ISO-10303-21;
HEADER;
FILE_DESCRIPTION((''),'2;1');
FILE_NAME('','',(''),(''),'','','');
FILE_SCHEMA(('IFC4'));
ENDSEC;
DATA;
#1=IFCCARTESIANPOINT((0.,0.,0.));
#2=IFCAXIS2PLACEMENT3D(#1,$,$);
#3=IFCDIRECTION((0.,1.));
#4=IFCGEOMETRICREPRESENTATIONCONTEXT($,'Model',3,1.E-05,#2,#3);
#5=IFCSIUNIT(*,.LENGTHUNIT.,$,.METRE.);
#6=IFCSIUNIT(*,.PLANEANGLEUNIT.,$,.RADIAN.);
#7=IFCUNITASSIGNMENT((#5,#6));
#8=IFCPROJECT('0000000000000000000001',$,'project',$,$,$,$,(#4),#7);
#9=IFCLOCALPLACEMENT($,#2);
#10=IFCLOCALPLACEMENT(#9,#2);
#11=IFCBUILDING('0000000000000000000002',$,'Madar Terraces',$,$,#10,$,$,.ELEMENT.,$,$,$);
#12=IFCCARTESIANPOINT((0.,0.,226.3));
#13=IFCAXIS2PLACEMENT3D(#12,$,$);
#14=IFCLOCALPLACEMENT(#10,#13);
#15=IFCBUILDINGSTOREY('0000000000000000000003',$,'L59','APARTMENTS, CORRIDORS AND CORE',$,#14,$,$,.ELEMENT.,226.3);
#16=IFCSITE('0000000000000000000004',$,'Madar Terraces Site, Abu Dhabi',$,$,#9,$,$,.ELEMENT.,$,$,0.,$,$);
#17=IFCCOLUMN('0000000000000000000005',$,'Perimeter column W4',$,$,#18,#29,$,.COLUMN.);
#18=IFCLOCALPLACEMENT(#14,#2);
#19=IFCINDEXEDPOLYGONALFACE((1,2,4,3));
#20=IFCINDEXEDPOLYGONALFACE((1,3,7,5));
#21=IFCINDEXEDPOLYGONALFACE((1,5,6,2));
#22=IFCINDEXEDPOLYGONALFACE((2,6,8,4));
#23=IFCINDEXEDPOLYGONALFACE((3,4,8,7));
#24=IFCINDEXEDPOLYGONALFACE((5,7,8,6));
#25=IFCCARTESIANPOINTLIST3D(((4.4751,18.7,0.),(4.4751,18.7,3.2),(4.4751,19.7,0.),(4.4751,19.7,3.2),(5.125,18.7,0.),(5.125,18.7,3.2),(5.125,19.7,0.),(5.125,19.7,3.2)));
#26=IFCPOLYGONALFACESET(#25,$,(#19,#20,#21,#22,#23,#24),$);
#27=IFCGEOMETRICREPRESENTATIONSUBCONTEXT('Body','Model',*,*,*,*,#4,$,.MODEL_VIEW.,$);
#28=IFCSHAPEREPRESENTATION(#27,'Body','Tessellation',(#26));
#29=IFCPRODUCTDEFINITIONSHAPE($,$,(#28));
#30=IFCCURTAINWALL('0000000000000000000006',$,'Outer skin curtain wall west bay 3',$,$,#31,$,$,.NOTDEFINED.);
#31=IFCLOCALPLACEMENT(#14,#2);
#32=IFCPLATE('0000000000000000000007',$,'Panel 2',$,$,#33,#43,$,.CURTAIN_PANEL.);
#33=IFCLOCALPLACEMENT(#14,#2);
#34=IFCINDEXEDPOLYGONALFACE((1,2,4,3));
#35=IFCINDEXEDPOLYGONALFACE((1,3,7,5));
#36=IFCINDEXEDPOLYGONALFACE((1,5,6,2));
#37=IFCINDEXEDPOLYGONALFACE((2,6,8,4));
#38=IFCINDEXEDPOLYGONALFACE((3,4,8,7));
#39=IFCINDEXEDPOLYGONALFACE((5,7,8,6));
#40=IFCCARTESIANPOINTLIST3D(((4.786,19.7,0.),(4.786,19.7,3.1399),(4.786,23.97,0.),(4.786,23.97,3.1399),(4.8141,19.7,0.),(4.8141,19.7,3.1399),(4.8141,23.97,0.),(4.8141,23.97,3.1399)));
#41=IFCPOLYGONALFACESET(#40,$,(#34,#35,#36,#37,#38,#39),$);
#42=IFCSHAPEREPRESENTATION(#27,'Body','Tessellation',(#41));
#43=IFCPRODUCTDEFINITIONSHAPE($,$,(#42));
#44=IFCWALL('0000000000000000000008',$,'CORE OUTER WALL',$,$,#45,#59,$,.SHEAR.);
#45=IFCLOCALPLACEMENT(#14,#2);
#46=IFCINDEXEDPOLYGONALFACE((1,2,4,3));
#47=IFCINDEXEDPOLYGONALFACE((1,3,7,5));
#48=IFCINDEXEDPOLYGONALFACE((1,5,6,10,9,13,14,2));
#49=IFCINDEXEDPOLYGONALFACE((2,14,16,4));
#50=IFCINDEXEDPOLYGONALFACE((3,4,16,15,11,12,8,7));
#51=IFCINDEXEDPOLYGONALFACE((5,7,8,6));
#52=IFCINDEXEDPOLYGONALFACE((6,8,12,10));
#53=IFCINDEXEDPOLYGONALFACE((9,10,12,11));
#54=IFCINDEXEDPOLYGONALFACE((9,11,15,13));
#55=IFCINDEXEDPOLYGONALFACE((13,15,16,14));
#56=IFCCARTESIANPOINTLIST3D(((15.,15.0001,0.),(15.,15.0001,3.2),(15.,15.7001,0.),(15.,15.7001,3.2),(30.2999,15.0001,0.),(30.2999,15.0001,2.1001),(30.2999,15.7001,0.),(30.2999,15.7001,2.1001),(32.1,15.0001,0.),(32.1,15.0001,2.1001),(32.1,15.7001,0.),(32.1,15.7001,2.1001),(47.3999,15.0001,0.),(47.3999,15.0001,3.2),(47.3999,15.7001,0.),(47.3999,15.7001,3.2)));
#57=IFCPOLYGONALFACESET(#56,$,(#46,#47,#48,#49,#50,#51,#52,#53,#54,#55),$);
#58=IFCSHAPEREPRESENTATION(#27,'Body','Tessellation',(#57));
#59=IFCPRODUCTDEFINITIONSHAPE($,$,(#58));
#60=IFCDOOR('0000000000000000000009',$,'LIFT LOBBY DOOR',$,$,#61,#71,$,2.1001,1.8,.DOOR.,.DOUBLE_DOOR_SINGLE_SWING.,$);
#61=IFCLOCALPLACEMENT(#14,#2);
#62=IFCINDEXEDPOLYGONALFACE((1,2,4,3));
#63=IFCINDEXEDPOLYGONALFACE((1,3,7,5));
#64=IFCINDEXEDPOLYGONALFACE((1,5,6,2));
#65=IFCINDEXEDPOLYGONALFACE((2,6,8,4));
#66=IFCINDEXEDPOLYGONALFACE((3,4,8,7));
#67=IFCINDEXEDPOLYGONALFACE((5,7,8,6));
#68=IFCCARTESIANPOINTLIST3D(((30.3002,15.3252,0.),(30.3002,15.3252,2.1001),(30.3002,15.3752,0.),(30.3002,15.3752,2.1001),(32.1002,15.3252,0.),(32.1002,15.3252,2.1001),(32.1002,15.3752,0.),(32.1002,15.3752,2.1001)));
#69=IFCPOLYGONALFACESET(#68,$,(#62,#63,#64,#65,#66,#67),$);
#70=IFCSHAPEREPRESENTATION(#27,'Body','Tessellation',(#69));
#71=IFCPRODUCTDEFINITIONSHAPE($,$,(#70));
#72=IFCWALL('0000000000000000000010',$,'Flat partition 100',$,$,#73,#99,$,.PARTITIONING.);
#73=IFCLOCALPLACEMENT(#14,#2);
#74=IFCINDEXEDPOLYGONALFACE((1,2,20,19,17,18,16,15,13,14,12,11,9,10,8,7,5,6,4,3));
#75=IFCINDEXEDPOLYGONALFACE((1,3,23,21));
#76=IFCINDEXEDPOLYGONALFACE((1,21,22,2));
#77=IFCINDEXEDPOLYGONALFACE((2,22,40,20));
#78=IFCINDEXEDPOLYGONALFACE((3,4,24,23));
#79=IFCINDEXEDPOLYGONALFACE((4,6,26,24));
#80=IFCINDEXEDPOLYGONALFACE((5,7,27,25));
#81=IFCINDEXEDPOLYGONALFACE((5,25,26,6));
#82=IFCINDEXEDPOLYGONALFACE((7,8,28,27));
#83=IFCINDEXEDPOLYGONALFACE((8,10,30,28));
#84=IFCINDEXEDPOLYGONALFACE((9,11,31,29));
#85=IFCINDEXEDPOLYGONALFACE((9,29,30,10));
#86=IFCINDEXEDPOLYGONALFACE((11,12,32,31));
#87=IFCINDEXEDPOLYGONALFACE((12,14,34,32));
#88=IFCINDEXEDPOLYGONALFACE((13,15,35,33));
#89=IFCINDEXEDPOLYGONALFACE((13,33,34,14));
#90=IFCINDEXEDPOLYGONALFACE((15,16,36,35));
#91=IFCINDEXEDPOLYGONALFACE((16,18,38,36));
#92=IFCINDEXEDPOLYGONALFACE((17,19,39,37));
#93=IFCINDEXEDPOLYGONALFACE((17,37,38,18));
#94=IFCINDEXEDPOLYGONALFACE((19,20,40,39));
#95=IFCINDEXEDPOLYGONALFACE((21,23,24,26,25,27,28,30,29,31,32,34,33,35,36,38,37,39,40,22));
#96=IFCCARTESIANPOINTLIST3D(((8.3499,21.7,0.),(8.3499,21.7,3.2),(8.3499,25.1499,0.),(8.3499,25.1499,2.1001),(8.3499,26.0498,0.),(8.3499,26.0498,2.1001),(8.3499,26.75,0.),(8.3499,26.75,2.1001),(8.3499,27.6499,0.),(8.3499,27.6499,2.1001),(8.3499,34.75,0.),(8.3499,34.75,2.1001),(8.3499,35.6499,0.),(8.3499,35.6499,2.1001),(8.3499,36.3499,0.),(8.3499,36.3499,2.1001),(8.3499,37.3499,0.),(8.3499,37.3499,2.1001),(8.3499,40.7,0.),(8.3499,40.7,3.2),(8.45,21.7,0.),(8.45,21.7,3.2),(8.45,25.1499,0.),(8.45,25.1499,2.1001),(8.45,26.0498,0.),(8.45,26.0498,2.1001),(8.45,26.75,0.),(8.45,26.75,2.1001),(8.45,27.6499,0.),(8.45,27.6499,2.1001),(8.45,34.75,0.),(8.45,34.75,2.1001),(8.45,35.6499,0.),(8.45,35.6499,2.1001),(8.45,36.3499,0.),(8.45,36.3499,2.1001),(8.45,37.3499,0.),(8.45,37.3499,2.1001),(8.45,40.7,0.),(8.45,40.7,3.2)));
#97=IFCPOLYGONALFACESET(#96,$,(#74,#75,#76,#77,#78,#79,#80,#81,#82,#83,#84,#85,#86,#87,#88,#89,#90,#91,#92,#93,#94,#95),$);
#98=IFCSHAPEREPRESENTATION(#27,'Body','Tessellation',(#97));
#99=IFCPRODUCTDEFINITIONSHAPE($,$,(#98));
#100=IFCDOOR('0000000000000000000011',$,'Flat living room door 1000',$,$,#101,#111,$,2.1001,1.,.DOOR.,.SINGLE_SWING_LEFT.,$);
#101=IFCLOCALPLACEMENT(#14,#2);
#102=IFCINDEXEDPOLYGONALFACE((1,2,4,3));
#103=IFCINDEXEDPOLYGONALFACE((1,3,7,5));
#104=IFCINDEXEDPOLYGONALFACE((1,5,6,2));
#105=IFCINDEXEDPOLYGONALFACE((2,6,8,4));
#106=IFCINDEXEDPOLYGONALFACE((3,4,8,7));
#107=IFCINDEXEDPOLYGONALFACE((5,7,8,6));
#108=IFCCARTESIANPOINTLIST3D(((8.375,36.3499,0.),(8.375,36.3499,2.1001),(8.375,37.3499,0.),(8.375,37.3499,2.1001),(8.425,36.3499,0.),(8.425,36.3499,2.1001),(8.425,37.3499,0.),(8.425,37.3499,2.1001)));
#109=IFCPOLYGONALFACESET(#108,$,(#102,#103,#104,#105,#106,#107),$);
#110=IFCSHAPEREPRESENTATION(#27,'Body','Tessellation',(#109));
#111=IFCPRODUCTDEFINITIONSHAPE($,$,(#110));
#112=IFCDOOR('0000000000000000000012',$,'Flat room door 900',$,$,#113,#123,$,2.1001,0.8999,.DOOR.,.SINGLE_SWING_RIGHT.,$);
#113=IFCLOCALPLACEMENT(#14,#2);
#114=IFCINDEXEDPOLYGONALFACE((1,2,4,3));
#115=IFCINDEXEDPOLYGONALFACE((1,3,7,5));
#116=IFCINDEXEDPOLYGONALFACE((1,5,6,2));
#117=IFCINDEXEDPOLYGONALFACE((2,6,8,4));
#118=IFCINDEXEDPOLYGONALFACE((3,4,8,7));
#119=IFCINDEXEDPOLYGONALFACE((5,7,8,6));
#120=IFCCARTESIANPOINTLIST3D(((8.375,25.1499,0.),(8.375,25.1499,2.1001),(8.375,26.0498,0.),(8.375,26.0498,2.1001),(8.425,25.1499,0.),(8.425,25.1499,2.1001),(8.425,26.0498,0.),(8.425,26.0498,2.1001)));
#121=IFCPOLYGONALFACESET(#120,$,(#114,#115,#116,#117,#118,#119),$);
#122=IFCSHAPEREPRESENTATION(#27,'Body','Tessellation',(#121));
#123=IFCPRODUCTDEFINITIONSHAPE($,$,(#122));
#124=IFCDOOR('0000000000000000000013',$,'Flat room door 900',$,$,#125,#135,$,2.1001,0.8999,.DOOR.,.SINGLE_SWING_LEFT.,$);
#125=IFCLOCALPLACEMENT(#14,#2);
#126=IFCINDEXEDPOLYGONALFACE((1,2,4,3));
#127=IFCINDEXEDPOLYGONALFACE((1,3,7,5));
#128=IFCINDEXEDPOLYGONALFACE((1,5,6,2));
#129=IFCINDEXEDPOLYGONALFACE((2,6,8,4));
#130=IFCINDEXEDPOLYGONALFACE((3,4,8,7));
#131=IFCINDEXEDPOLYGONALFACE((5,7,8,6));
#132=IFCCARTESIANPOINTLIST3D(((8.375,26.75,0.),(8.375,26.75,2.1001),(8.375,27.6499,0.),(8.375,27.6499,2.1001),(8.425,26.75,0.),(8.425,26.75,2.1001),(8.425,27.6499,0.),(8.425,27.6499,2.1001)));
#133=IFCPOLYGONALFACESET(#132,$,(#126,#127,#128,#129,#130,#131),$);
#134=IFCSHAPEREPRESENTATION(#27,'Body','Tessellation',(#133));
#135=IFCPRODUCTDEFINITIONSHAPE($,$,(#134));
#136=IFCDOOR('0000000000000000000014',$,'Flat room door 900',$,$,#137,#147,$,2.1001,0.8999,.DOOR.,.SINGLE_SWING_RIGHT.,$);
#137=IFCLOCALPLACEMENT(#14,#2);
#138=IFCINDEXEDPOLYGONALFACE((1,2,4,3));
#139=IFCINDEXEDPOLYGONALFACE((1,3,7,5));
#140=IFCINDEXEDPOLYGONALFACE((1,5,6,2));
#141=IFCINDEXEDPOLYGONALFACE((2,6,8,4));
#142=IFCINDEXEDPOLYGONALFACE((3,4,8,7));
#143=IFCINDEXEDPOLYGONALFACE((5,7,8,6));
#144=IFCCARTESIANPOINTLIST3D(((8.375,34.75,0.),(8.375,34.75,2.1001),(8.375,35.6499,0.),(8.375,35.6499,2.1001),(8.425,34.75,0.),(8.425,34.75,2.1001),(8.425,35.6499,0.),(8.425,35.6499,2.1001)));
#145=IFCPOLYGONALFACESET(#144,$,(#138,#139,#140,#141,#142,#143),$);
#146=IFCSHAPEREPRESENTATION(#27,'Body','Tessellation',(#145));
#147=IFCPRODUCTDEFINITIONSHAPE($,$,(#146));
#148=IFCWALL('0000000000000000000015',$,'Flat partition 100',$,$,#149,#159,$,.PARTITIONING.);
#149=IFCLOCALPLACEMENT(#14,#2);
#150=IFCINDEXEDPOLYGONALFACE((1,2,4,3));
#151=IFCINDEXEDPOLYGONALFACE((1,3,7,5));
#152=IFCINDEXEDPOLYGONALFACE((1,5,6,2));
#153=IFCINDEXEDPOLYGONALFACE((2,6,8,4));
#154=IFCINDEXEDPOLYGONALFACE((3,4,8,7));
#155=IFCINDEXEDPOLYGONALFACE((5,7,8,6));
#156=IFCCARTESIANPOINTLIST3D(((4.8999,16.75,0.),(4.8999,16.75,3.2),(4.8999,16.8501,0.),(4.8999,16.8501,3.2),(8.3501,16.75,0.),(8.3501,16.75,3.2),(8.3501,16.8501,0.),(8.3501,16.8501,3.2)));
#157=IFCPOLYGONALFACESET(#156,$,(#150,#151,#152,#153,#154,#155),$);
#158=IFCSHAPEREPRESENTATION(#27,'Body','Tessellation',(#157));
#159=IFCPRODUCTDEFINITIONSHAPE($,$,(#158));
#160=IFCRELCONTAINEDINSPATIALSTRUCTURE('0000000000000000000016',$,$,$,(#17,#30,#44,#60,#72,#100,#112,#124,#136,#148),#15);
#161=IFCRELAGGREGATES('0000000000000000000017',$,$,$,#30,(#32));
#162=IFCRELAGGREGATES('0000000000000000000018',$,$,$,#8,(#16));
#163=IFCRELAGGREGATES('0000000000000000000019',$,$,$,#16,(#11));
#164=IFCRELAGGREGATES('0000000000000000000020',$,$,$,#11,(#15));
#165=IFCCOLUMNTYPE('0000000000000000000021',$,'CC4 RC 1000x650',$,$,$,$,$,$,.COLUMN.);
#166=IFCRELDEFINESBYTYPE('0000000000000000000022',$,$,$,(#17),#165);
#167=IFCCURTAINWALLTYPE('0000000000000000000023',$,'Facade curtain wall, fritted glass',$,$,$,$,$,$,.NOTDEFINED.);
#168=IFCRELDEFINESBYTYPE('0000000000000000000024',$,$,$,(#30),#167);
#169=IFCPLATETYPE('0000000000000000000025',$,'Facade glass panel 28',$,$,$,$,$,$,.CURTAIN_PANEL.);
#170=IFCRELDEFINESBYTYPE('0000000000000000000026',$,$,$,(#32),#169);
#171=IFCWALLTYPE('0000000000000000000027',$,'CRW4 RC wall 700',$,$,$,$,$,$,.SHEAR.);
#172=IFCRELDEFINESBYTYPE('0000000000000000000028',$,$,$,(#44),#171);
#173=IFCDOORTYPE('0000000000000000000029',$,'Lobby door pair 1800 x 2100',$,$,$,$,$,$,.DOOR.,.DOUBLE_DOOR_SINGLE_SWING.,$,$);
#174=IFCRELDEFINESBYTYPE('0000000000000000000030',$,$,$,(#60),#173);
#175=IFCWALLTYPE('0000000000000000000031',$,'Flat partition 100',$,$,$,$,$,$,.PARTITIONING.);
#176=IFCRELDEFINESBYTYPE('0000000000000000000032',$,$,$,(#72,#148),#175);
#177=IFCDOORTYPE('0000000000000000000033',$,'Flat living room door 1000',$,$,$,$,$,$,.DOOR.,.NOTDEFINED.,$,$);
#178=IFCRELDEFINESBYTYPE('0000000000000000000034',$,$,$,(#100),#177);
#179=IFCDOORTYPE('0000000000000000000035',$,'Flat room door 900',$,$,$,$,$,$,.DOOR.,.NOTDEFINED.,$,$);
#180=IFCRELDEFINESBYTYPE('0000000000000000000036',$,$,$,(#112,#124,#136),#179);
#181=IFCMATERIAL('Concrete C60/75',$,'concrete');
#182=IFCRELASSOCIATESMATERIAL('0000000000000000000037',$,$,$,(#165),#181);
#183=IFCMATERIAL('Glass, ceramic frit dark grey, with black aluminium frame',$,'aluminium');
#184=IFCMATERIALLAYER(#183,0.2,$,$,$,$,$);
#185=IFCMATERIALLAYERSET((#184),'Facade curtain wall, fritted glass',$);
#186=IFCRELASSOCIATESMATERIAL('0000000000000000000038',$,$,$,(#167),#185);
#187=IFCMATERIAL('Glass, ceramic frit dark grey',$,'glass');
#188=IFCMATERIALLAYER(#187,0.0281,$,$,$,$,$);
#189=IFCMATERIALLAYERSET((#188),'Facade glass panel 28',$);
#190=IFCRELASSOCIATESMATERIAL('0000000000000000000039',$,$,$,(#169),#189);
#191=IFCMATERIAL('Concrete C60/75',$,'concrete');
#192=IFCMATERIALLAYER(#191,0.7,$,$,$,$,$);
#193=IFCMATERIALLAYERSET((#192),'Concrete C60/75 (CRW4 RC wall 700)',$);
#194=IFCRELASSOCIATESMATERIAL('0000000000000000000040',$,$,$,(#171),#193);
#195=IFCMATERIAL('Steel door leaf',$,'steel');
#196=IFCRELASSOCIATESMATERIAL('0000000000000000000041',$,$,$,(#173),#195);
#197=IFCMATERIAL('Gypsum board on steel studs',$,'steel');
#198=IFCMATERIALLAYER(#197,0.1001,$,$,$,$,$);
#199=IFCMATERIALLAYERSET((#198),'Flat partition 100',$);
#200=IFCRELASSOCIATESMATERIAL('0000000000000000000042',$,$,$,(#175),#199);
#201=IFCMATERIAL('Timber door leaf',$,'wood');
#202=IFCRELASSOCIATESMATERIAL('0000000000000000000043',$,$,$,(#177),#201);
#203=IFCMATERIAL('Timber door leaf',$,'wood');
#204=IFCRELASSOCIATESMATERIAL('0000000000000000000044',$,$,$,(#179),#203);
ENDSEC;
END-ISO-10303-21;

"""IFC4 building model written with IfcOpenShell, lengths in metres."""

from ifc_helpers import new_model, si_unit, direction, frame, frame_2d, origin, origin_2d, place, context, subcontext, project, spatial, rectangle, extrude, material, layer, layer_set, material_profile, profile_set, type_object, element, fill, aggregate, save


model = new_model("IFC4")

# Units and contexts
model_context = context("Model", 3, precision=1e-05, world=origin(), true_north=direction((0.0, 1.0)))
body_context = subcontext(model_context, "Body", "Model", "MODEL_VIEW")
ifc_project = project(units=[si_unit("LENGTHUNIT", "METRE"), si_unit("PLANEANGLEUNIT", "RADIAN")], contexts=[model_context])

# Site, building, storey
site_placement = place(None, origin())
site = spatial("IfcSite", under=ifc_project, at=site_placement, Name="Madar Terraces Site, Abu Dhabi", CompositionType="ELEMENT", RefElevation=0.0)
building_placement = place(site_placement, origin())
building = spatial("IfcBuilding", under=site, at=building_placement, Name="Madar Terraces", CompositionType="ELEMENT")
storey_placement = place(building_placement, frame((0.0, 0.0, 226.3)))
storey = spatial("IfcBuildingStorey", under=building, at=storey_placement, Name="L59", Description="APARTMENTS, CORRIDORS AND CORE", CompositionType="ELEMENT", Elevation=226.3)

# Column
ifc_material_1 = material(Name="Concrete C60/75", Category="concrete")
ifc_material_profile = material_profile(ifc_material_1, rectangle(XDim=1.0, YDim=0.6499, at=origin_2d()), Name="CC4 RC 1000x650")
ifc_profile_set = profile_set([ifc_material_profile], Name="Concrete C60/75")
column_type = type_object("IfcColumnType", Name="CC4 RC 1000x650", PredefinedType="COLUMN", material=ifc_profile_set)
column_placement = place(storey_placement, frame((4.8, 19.2, 0.0), z_axis=(0.0, 0.0, 1.0), x_axis=(0.0, 1.0, 0.0)))
element("IfcColumn", 1, at=column_placement, inside=storey, type_object=column_type, Name="Perimeter column W4", PredefinedType="COLUMN", context=body_context, shape_type="SweptSolid", body=[
    extrude(rectangle(XDim=1.0, YDim=0.6499, at=origin_2d()), origin(), (0.0, 0.0, 1.0), 3.2),
])

# Curtain wall, plate
ifc_material_2 = material(Name="Glass, ceramic frit dark grey, with black aluminium frame", Category="aluminium")
ifc_layer_1 = layer(ifc_material_2, 0.2)
ifc_layer_set_1 = layer_set([ifc_layer_1], Name="Facade curtain wall, fritted glass")
curtain_wall_type = type_object("IfcCurtainWallType", Name="Facade curtain wall, fritted glass", PredefinedType="NOTDEFINED", material=ifc_layer_set_1)
curtain_wall_placement = place(storey_placement, origin())
curtain_wall = element("IfcCurtainWall", 2, at=curtain_wall_placement, inside=storey, type_object=curtain_wall_type, Name="Outer skin curtain wall west bay 3", PredefinedType="NOTDEFINED")
ifc_material_3 = material(Name="Glass, ceramic frit dark grey", Category="glass")
ifc_layer_2 = layer(ifc_material_3, 0.0281)
ifc_layer_set_2 = layer_set([ifc_layer_2], Name="Facade glass panel 28")
plate_type = type_object("IfcPlateType", Name="Facade glass panel 28", PredefinedType="CURTAIN_PANEL", material=ifc_layer_set_2)
plate_placement = place(storey_placement, frame((4.8, 21.835, 0.0), z_axis=(0.0, 0.0, 1.0), x_axis=(0.0, -1.0, 0.0)))
plate = element("IfcPlate", 3, at=plate_placement, type_object=plate_type, Name="Panel 2", PredefinedType="CURTAIN_PANEL", context=body_context, shape_type="SweptSolid", body=[
    extrude(rectangle(XDim=4.27, YDim=0.0281, at=origin_2d()), origin(), (0.0, 0.0, 1.0), 3.1399),
])
aggregate(curtain_wall, [plate])

# Wall, opening, door
ifc_material_4 = material(Name="Concrete C60/75", Category="concrete")
ifc_layer_3 = layer(ifc_material_4, 0.7)
ifc_layer_set_3 = layer_set([ifc_layer_3], Name="Concrete C60/75 (CRW4 RC wall 700)")
wall_type_1 = type_object("IfcWallType", Name="CRW4 RC wall 700", PredefinedType="SHEAR", material=ifc_layer_set_3)
wall_1_placement = place(storey_placement, frame((15.0, 15.3501, 0.0), z_axis=(0.0, 0.0, 1.0), x_axis=(1.0, 0.0, 0.0)))
wall_1 = element("IfcWall", 4, at=wall_1_placement, inside=storey, type_object=wall_type_1, Name="CORE OUTER WALL", PredefinedType="SHEAR", context=body_context, shape_type="SweptSolid", body=[
    extrude(rectangle(XDim=32.3999, YDim=0.7, at=frame_2d((16.2, 0.0))), origin(), (0.0, 0.0, 1.0), 3.2),
])
opening_1_placement = place(wall_1_placement, frame((15.3, 0.0, 0.0)))
opening_1 = element("IfcOpeningElement", 5, at=opening_1_placement, cuts=wall_1, PredefinedType="OPENING", context=body_context, shape_type="SweptSolid", body=[
    extrude(rectangle(XDim=1.8, YDim=2.1001, at=frame_2d((0.8999, 1.05))), frame((0.0, 0.3599, 0.0), z_axis=(0.0, -1.0, 0.0), x_axis=(1.0, 0.0, 0.0)), (0.0, 0.0, 1.0), 0.72),
])
ifc_material_5 = material(Name="Steel door leaf", Category="steel")
door_type_1 = type_object("IfcDoorType", Name="Lobby door pair 1800 x 2100", OperationType="DOUBLE_DOOR_SINGLE_SWING", PredefinedType="DOOR", material=ifc_material_5)
door_1_placement = place(opening_1_placement, frame((1.8, 0.0, 0.0), z_axis=(0.0, 0.0, 1.0), x_axis=(-1.0, 0.0, 0.0)))
door_1 = element("IfcDoor", 6, at=door_1_placement, inside=storey, type_object=door_type_1, Name="LIFT LOBBY DOOR", OperationType="DOUBLE_DOOR_SINGLE_SWING", OverallHeight=2.1001, OverallWidth=1.8, PredefinedType="DOOR", context=body_context, shape_type="SweptSolid", body=[
    extrude(rectangle(XDim=1.8, YDim=2.1001, at=frame_2d((0.8999, 1.05))), frame((0.0, 0.0249, 0.0), z_axis=(0.0, -1.0, 0.0), x_axis=(1.0, 0.0, 0.0)), (0.0, 0.0, 1.0), 0.05),
])
fill(opening_1, door_1)

# Wall, openings, doors
ifc_material_6 = material(Name="Gypsum board on steel studs", Category="steel")
ifc_layer_4 = layer(ifc_material_6, 0.1001)
ifc_layer_set_4 = layer_set([ifc_layer_4], Name="Flat partition 100")
wall_type_2 = type_object("IfcWallType", Name="Flat partition 100", PredefinedType="PARTITIONING", material=ifc_layer_set_4)
wall_2_placement = place(storey_placement, frame((8.3999, 21.7, 0.0), z_axis=(0.0, 0.0, 1.0), x_axis=(0.0, 1.0, 0.0)))
wall_2 = element("IfcWall", 7, at=wall_2_placement, inside=storey, type_object=wall_type_2, Name="Flat partition 100", PredefinedType="PARTITIONING", context=body_context, shape_type="SweptSolid", body=[
    extrude(rectangle(XDim=19.0, YDim=0.1001, at=frame_2d((9.5, 0.0))), origin(), (0.0, 0.0, 1.0), 3.2),
])
opening_2_placement = place(wall_2_placement, frame((3.45, 0.0, 0.0)))
opening_2 = element("IfcOpeningElement", 8, at=opening_2_placement, cuts=wall_2, PredefinedType="OPENING", context=body_context, shape_type="SweptSolid", body=[
    extrude(rectangle(XDim=0.8999, YDim=2.1001, at=frame_2d((0.45, 1.05))), frame((0.0, 0.0601, 0.0), z_axis=(0.0, -1.0, 0.0), x_axis=(1.0, 0.0, 0.0)), (0.0, 0.0, 1.0), 0.1201),
])
opening_3_placement = place(wall_2_placement, frame((5.05, 0.0, 0.0)))
opening_3 = element("IfcOpeningElement", 9, at=opening_3_placement, cuts=wall_2, PredefinedType="OPENING", context=body_context, shape_type="SweptSolid", body=[
    extrude(rectangle(XDim=0.8999, YDim=2.1001, at=frame_2d((0.45, 1.05))), frame((0.0, 0.0601, 0.0), z_axis=(0.0, -1.0, 0.0), x_axis=(1.0, 0.0, 0.0)), (0.0, 0.0, 1.0), 0.1201),
])
opening_4_placement = place(wall_2_placement, frame((13.05, 0.0, 0.0)))
opening_4 = element("IfcOpeningElement", 10, at=opening_4_placement, cuts=wall_2, PredefinedType="OPENING", context=body_context, shape_type="SweptSolid", body=[
    extrude(rectangle(XDim=0.8999, YDim=2.1001, at=frame_2d((0.45, 1.05))), frame((0.0, 0.0601, 0.0), z_axis=(0.0, -1.0, 0.0), x_axis=(1.0, 0.0, 0.0)), (0.0, 0.0, 1.0), 0.1201),
])
opening_5_placement = place(wall_2_placement, frame((14.6499, 0.0, 0.0)))
opening_5 = element("IfcOpeningElement", 11, at=opening_5_placement, cuts=wall_2, PredefinedType="OPENING", context=body_context, shape_type="SweptSolid", body=[
    extrude(rectangle(XDim=1.0, YDim=2.1001, at=frame_2d((0.5, 1.05))), frame((0.0, 0.0601, 0.0), z_axis=(0.0, -1.0, 0.0), x_axis=(1.0, 0.0, 0.0)), (0.0, 0.0, 1.0), 0.1201),
])
ifc_material_7 = material(Name="Timber door leaf", Category="wood")
door_type_2 = type_object("IfcDoorType", Name="Flat living room door 1000", OperationType="NOTDEFINED", PredefinedType="DOOR", material=ifc_material_7)
door_2_placement = place(opening_5_placement, origin())
door_2 = element("IfcDoor", 12, at=door_2_placement, inside=storey, type_object=door_type_2, Name="Flat living room door 1000", OperationType="SINGLE_SWING_LEFT", OverallHeight=2.1001, OverallWidth=1.0, PredefinedType="DOOR", context=body_context, shape_type="SweptSolid", body=[
    extrude(rectangle(XDim=1.0, YDim=2.1001, at=frame_2d((0.5, 1.05))), frame((0.0, 0.0249, 0.0), z_axis=(0.0, -1.0, 0.0), x_axis=(1.0, 0.0, 0.0)), (0.0, 0.0, 1.0), 0.05),
])
fill(opening_5, door_2)
ifc_material_8 = material(Name="Timber door leaf", Category="wood")
door_type_3 = type_object("IfcDoorType", Name="Flat room door 900", OperationType="NOTDEFINED", PredefinedType="DOOR", material=ifc_material_8)
door_3_placement = place(opening_2_placement, origin())
door_3 = element("IfcDoor", 13, at=door_3_placement, inside=storey, type_object=door_type_3, Name="Flat room door 900", OperationType="SINGLE_SWING_RIGHT", OverallHeight=2.1001, OverallWidth=0.8999, PredefinedType="DOOR", context=body_context, shape_type="SweptSolid", body=[
    extrude(rectangle(XDim=0.8999, YDim=2.1001, at=frame_2d((0.45, 1.05))), frame((0.0, 0.0249, 0.0), z_axis=(0.0, -1.0, 0.0), x_axis=(1.0, 0.0, 0.0)), (0.0, 0.0, 1.0), 0.05),
])
fill(opening_2, door_3)
door_4_placement = place(opening_3_placement, origin())
door_4 = element("IfcDoor", 14, at=door_4_placement, inside=storey, type_object=door_type_3, Name="Flat room door 900", OperationType="SINGLE_SWING_LEFT", OverallHeight=2.1001, OverallWidth=0.8999, PredefinedType="DOOR", context=body_context, shape_type="SweptSolid", body=[
    extrude(rectangle(XDim=0.8999, YDim=2.1001, at=frame_2d((0.45, 1.05))), frame((0.0, 0.0249, 0.0), z_axis=(0.0, -1.0, 0.0), x_axis=(1.0, 0.0, 0.0)), (0.0, 0.0, 1.0), 0.05),
])
fill(opening_3, door_4)
door_5_placement = place(opening_4_placement, origin())
door_5 = element("IfcDoor", 15, at=door_5_placement, inside=storey, type_object=door_type_3, Name="Flat room door 900", OperationType="SINGLE_SWING_RIGHT", OverallHeight=2.1001, OverallWidth=0.8999, PredefinedType="DOOR", context=body_context, shape_type="SweptSolid", body=[
    extrude(rectangle(XDim=0.8999, YDim=2.1001, at=frame_2d((0.45, 1.05))), frame((0.0, 0.0249, 0.0), z_axis=(0.0, -1.0, 0.0), x_axis=(1.0, 0.0, 0.0)), (0.0, 0.0, 1.0), 0.05),
])
fill(opening_4, door_5)

# Wall
wall_3_placement = place(storey_placement, frame((8.3501, 16.8, 0.0), z_axis=(0.0, 0.0, 1.0), x_axis=(-1.0, 0.0, 0.0)))
element("IfcWall", 16, at=wall_3_placement, inside=storey, type_object=wall_type_2, Name="Flat partition 100", PredefinedType="PARTITIONING", context=body_context, shape_type="SweptSolid", body=[
    extrude(rectangle(XDim=3.4502, YDim=0.1001, at=frame_2d((1.7251, 0.0))), origin(), (0.0, 0.0, 1.0), 3.2),
])

save(model, "model.ifc")
